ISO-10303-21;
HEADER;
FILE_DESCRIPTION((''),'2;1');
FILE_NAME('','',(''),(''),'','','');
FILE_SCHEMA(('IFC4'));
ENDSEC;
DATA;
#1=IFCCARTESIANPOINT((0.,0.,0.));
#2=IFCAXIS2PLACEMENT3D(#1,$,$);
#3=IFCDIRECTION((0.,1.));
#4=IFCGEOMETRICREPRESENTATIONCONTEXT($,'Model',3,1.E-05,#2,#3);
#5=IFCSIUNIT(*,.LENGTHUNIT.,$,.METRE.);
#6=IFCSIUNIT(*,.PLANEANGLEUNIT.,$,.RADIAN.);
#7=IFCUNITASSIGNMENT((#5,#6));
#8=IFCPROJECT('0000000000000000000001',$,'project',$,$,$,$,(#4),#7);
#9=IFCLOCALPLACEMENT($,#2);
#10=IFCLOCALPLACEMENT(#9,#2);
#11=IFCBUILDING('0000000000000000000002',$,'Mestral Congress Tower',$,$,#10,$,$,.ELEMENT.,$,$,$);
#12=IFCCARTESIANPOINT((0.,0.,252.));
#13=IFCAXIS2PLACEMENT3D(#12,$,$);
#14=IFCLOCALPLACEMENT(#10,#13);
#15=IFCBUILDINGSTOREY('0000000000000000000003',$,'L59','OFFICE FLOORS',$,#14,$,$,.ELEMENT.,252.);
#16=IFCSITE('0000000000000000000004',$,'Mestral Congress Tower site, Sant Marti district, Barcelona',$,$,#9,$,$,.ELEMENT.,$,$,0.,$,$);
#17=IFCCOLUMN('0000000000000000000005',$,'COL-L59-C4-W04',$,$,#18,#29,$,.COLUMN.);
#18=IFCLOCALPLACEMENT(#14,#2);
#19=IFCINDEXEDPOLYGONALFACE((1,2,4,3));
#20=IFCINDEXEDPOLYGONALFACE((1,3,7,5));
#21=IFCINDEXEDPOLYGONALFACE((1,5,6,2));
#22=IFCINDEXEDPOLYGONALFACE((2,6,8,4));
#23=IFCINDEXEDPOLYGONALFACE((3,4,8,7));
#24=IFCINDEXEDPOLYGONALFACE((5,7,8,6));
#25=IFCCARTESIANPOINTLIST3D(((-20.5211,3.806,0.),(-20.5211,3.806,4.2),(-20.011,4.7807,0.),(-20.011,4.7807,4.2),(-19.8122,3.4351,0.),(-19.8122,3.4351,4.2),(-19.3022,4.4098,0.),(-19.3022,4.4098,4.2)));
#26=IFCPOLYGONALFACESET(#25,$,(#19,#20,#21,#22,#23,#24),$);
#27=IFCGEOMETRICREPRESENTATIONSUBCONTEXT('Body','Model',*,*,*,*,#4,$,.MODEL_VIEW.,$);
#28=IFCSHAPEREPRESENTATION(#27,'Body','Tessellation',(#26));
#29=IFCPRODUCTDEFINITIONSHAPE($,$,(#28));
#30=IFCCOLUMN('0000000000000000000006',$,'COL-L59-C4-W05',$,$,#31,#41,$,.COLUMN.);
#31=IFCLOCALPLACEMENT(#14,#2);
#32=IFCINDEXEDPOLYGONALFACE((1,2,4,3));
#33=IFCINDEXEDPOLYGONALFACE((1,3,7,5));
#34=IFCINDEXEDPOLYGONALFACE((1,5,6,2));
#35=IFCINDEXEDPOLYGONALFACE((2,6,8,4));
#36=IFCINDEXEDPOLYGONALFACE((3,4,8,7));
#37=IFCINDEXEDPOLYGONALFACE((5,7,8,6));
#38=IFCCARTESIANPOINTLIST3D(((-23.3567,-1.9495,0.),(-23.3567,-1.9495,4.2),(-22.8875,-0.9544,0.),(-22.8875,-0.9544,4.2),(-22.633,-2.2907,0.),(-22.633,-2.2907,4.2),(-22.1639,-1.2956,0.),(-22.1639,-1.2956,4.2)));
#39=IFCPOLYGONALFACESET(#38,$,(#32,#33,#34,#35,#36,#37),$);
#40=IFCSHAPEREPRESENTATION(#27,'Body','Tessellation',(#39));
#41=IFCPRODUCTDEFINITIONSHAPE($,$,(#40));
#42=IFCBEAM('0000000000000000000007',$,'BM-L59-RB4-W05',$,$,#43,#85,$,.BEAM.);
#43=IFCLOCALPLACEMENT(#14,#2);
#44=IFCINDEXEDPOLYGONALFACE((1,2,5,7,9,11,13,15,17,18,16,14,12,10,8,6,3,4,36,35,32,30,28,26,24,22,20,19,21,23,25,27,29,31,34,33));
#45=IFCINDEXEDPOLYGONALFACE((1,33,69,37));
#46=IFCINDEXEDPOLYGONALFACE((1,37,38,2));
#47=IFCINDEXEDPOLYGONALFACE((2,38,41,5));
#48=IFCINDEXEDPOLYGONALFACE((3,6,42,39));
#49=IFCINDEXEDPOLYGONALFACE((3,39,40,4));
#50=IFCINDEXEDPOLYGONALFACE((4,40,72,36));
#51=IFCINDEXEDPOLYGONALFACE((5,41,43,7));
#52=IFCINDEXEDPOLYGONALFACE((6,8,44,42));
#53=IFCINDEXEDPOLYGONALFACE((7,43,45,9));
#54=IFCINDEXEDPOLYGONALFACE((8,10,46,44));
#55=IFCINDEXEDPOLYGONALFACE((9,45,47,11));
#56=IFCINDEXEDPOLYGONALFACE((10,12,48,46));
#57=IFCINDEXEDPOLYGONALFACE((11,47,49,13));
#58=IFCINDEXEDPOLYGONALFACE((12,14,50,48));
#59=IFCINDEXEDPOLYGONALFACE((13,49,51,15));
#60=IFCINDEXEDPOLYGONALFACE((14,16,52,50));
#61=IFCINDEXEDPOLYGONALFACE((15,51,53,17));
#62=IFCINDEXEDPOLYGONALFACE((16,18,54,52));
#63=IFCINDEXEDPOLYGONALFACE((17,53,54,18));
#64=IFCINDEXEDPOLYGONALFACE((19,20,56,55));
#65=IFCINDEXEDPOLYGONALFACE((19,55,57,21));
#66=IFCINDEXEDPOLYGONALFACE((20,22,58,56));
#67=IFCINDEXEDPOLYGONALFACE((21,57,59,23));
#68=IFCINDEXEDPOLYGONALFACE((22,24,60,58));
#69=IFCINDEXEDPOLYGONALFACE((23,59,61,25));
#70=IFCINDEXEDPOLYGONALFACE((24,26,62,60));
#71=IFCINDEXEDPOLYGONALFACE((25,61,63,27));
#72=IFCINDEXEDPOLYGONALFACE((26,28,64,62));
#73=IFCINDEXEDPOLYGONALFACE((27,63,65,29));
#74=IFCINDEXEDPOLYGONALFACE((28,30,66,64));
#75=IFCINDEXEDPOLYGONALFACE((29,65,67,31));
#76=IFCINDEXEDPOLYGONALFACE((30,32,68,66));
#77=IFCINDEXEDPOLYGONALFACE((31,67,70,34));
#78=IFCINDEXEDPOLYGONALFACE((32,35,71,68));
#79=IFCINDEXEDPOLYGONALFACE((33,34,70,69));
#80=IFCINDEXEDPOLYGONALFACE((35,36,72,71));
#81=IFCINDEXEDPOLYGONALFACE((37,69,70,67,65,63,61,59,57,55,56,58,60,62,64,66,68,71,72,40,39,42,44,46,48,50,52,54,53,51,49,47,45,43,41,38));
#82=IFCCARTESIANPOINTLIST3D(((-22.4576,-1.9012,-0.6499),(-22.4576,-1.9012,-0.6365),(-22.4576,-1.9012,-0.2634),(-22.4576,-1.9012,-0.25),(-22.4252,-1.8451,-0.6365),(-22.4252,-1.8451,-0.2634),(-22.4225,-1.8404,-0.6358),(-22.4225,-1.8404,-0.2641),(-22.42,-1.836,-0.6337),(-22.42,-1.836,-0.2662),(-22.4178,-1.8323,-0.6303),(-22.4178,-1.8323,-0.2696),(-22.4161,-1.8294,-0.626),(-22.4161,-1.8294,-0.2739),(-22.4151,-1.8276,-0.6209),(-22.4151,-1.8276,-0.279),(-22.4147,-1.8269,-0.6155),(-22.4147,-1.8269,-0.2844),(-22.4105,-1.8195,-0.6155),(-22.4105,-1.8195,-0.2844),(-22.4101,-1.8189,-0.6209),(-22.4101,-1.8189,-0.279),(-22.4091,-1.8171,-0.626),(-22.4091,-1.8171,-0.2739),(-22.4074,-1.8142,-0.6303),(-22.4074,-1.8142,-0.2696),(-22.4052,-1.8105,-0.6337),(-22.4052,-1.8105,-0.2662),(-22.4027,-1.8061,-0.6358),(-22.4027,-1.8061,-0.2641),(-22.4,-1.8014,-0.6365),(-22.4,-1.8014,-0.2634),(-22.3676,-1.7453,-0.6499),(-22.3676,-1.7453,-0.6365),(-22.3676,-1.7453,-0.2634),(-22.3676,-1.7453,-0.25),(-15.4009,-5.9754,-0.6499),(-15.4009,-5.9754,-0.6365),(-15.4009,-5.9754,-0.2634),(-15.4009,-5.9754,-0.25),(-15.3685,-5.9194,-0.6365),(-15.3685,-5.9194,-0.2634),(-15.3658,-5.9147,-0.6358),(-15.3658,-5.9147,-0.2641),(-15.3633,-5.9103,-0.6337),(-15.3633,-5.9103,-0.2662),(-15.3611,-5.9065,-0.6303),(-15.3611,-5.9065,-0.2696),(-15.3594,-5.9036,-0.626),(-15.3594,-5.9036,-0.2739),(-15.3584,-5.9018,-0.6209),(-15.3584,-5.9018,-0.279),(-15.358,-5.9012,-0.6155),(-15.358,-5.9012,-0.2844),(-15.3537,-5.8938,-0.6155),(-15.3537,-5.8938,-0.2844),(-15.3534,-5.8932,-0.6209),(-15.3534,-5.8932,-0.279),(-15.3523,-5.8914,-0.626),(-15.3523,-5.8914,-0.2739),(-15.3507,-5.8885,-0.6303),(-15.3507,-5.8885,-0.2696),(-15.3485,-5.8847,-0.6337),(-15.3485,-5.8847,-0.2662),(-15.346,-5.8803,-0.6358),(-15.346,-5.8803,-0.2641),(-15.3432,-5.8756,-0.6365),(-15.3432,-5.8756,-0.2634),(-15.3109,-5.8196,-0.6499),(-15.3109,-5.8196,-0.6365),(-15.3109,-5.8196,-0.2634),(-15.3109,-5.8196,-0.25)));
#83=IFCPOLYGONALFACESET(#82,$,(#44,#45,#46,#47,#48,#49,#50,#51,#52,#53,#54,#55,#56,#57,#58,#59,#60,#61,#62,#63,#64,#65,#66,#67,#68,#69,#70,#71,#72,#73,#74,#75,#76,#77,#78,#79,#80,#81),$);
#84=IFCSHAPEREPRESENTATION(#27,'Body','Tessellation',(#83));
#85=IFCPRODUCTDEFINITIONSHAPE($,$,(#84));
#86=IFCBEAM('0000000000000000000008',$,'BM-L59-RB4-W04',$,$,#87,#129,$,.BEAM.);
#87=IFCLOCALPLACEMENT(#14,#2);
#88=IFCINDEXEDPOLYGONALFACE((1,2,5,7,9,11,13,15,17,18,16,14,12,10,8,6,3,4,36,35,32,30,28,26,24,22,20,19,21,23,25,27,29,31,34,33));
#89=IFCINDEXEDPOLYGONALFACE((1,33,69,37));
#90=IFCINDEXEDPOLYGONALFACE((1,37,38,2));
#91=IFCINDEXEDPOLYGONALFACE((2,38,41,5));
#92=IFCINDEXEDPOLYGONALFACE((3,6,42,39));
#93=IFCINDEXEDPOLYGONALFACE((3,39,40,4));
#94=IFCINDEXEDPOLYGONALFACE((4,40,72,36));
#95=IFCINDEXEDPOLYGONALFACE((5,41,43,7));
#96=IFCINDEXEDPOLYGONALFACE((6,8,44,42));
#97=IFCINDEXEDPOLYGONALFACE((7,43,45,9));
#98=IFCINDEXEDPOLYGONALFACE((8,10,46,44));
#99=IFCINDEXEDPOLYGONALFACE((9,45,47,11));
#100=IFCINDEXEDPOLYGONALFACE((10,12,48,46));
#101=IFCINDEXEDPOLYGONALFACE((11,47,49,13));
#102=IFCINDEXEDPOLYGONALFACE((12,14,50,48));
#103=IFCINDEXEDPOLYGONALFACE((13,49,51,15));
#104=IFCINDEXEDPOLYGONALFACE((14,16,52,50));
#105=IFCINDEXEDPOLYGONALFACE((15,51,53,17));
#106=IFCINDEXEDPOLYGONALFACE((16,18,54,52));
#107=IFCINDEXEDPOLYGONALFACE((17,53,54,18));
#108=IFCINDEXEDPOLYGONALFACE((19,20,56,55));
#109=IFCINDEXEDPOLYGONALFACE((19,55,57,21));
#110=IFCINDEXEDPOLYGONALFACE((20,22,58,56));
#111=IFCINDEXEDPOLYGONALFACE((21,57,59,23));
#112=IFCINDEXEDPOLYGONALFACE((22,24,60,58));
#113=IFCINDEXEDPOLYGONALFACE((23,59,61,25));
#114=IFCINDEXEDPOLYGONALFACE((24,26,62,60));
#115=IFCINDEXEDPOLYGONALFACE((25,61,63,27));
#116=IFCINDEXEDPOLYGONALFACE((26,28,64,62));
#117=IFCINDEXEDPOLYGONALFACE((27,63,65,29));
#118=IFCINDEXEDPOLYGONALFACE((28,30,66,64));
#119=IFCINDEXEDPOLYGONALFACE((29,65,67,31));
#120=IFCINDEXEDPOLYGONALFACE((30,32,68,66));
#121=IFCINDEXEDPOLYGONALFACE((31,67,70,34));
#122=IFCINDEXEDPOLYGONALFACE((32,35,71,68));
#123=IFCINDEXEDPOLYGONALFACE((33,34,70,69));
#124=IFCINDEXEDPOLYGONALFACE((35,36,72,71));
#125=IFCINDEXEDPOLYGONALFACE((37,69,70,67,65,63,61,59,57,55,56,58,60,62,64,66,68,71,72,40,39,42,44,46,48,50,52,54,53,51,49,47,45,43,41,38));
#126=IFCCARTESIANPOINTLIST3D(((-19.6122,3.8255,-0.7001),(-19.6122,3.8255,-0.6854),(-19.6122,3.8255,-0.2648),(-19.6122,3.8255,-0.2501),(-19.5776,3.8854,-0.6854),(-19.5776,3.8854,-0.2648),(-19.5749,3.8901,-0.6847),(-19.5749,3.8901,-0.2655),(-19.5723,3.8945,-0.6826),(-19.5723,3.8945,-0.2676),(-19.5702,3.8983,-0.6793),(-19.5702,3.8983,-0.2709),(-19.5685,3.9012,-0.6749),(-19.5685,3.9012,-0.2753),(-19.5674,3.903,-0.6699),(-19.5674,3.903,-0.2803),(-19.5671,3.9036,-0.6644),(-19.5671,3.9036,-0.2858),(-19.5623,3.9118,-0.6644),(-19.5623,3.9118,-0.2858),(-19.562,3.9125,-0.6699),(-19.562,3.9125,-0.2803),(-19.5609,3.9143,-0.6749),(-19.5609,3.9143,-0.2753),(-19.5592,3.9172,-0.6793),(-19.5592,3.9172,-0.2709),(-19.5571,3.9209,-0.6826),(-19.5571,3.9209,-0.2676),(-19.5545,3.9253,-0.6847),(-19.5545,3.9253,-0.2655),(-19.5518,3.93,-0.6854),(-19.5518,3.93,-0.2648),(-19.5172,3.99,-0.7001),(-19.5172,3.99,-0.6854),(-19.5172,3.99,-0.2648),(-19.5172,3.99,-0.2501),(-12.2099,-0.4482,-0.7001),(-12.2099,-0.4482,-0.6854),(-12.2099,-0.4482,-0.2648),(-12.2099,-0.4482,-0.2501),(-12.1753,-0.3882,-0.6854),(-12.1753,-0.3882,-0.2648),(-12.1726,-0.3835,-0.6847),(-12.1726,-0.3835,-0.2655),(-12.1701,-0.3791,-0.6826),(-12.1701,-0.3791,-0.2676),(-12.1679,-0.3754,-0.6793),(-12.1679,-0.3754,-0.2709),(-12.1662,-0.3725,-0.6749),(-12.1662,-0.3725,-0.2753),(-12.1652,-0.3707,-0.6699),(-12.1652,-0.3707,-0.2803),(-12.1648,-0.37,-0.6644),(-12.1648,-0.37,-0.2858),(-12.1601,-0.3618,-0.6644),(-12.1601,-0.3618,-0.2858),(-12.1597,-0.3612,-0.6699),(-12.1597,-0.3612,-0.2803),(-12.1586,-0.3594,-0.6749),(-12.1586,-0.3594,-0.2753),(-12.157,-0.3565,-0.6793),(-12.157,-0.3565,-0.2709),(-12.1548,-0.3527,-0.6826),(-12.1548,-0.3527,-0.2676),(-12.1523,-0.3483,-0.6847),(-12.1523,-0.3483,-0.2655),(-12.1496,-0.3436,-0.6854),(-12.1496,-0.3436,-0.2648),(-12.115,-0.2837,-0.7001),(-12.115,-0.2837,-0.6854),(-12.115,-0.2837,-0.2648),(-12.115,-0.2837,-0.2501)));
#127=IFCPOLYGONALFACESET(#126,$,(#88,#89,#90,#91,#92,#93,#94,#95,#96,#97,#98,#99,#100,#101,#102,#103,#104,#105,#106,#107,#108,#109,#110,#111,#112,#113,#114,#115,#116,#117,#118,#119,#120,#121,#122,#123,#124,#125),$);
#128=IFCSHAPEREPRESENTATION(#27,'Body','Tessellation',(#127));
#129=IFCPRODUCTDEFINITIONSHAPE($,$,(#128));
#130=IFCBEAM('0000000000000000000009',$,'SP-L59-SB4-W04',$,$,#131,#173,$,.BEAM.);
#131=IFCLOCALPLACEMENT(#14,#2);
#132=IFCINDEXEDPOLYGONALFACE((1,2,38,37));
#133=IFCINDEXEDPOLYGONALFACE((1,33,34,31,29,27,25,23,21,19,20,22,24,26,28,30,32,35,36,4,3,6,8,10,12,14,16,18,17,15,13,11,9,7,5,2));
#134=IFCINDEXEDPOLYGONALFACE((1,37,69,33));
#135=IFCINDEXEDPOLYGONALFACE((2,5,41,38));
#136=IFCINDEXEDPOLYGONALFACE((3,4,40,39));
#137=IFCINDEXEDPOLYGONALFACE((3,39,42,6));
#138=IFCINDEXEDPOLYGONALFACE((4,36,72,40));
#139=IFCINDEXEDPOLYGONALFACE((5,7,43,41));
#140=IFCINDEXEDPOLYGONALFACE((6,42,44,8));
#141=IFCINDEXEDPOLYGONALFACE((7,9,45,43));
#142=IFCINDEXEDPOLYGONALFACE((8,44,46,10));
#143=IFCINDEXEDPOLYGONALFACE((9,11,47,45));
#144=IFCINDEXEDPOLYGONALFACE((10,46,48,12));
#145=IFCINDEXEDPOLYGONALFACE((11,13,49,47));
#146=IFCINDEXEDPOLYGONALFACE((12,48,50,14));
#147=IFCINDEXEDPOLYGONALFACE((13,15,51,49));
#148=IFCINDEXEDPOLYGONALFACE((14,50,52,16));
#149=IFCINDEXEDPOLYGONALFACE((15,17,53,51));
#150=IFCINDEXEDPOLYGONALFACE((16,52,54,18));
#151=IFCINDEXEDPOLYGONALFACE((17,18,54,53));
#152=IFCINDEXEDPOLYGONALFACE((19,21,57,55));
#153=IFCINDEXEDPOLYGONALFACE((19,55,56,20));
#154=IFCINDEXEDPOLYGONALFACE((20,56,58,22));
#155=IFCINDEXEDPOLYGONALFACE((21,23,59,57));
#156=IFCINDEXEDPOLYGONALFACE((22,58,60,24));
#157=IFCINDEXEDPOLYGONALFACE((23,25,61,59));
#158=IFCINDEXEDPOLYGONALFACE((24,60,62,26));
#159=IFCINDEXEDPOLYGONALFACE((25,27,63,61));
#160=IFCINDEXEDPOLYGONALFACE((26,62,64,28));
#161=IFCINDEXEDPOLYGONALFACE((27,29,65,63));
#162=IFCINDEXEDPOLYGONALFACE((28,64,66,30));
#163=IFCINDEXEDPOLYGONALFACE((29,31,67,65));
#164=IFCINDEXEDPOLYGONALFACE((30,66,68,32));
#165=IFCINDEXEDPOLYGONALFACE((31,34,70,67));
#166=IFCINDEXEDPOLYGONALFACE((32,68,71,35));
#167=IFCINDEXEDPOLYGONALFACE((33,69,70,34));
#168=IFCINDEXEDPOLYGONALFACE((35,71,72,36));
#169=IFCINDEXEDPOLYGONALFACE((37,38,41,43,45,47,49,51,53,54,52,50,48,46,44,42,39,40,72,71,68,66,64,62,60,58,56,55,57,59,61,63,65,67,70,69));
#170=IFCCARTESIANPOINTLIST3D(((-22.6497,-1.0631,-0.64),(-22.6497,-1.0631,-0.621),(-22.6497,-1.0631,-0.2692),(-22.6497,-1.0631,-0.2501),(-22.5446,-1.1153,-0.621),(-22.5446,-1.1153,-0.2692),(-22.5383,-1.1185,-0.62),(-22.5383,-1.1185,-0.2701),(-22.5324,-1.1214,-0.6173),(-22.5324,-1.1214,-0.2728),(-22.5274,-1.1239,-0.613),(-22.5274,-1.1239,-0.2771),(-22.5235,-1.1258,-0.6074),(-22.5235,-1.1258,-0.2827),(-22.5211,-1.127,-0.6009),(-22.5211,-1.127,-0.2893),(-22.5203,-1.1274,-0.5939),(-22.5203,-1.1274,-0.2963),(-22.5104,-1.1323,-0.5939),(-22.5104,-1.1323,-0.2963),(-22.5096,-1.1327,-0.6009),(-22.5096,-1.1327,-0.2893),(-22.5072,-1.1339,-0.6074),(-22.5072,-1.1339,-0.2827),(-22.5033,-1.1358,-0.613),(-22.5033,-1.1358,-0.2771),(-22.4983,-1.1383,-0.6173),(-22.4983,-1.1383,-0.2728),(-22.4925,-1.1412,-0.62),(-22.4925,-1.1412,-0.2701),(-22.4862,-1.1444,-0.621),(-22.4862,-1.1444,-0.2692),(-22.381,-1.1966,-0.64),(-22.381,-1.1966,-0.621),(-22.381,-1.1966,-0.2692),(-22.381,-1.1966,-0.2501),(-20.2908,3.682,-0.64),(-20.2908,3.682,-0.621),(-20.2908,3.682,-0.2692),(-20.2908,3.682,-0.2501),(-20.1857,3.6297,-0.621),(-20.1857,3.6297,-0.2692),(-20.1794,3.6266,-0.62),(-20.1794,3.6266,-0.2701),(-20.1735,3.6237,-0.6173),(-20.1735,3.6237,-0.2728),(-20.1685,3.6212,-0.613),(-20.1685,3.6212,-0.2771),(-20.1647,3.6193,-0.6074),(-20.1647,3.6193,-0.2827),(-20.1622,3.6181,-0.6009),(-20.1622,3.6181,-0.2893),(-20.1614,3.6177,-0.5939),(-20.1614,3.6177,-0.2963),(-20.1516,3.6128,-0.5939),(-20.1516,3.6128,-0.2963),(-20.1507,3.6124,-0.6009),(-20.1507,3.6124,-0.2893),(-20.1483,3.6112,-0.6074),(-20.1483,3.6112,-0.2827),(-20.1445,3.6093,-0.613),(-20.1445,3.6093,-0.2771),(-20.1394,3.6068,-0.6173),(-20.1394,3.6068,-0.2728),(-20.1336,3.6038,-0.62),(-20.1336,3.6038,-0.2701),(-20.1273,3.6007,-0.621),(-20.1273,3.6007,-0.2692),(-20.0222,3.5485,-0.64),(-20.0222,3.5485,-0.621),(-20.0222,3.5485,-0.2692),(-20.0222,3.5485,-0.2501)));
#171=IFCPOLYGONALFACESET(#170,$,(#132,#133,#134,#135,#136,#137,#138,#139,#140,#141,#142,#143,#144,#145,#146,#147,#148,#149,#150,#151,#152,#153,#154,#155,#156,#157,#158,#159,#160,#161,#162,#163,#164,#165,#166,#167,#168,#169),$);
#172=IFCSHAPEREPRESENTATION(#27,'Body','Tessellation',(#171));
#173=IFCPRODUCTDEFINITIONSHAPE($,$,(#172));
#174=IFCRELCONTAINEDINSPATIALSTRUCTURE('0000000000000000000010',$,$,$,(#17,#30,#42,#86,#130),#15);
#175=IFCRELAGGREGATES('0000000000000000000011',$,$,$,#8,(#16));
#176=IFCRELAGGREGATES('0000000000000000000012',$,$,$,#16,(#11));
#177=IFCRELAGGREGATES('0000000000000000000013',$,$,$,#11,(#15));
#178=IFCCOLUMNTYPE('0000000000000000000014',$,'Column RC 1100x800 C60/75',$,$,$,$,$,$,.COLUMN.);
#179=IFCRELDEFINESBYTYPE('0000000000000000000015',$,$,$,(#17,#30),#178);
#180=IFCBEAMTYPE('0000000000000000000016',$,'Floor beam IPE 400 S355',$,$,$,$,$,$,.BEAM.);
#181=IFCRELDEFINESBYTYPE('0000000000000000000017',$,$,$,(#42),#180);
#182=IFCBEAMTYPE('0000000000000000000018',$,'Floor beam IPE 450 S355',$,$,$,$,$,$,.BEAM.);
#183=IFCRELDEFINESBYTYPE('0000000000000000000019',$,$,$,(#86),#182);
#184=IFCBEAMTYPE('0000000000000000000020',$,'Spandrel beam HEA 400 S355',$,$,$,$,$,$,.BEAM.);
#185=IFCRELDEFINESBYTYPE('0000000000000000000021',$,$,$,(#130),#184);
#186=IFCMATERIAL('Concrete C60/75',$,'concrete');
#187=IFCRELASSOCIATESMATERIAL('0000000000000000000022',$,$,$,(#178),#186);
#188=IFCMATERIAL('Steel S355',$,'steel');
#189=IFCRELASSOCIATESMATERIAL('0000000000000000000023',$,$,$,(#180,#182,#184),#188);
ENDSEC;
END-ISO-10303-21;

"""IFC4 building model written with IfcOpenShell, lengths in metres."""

from ifc_helpers import new_model, si_unit, direction, frame, origin, origin_2d, place, context, subcontext, project, spatial, rectangle, i_section, extrude, material, material_profile, profile_set, type_object, element, save


model = new_model("IFC4")

# Units and contexts
model_context = context("Model", 3, precision=1e-05, world=origin(), true_north=direction((0.0, 1.0)))
body_context = subcontext(model_context, "Body", "Model", "MODEL_VIEW")
ifc_project = project(units=[si_unit("LENGTHUNIT", "METRE"), si_unit("PLANEANGLEUNIT", "RADIAN")], contexts=[model_context])

# Site, building, storey
site_placement = place(None, origin())
site = spatial("IfcSite", under=ifc_project, at=site_placement, Name="Mestral Congress Tower site, Sant Marti district, Barcelona", CompositionType="ELEMENT", RefElevation=0.0)
building_placement = place(site_placement, origin())
building = spatial("IfcBuilding", under=site, at=building_placement, Name="Mestral Congress Tower", CompositionType="ELEMENT")
storey_placement = place(building_placement, frame((0.0, 0.0, 252.0)))
storey = spatial("IfcBuildingStorey", under=building, at=storey_placement, Name="L59", Description="OFFICE FLOORS", CompositionType="ELEMENT", Elevation=252.0)

# Columns
ifc_material_1 = material(Name="Concrete C60/75", Category="concrete")
ifc_material_profile_1 = material_profile(ifc_material_1, rectangle(XDim=1.1001, YDim=0.8, at=origin_2d()), Name="RC 1100x800")
ifc_profile_set_1 = profile_set([ifc_material_profile_1], Name="Concrete C60/75")
column_type = type_object("IfcColumnType", Name="Column RC 1100x800 C60/75", PredefinedType="COLUMN", material=ifc_profile_set_1)
for number, where, z_axis, x_axis, name in (
    (1, (-19.9116, 4.1079, 0.0), (0.0, 0.0, 1.0), (-0.463636, -0.886026, 0.0), "COL-L59-C4-W04"),
    (2, (-22.7603, -1.6226, 0.0), (0.0, 0.0, 1.0), (-0.426472, -0.904501, 0.0), "COL-L59-C4-W05"),
):
    element("IfcColumn", number, at=place(storey_placement, frame(where, z_axis=z_axis, x_axis=x_axis)), inside=storey, type_object=column_type, Name=name, PredefinedType="COLUMN", context=body_context, shape_type="SweptSolid", body=[
        extrude(rectangle(XDim=1.1001, YDim=0.8, at=origin_2d()), origin(), (0.0, 0.0, 1.0), 4.2),
    ])

# Beams
ifc_material_2 = material(Name="Steel S355", Category="steel")
ifc_material_profile_2 = material_profile(ifc_material_2, i_section(OverallWidth=0.1799, OverallDepth=0.3999, WebThickness=0.0085, FlangeThickness=0.0134, FilletRadius=0.021, at=origin_2d()), Name="IPE 400")
ifc_profile_set_2 = profile_set([ifc_material_profile_2], Name="Steel S355")
beam_type_1 = type_object("IfcBeamType", Name="Floor beam IPE 400 S355", PredefinedType="BEAM", material=ifc_profile_set_2)
beam_1_placement = place(storey_placement, frame((-22.4126, -1.8232, -0.45), z_axis=(0.866022, -0.500006, 0.0), x_axis=(0.500006, 0.866022, 0.0)))
element("IfcBeam", 3, at=beam_1_placement, inside=storey, type_object=beam_type_1, Name="BM-L59-RB4-W05", PredefinedType="BEAM", context=body_context, shape_type="SweptSolid", body=[
    extrude(i_section(OverallWidth=0.1799, OverallDepth=0.3999, WebThickness=0.0085, FlangeThickness=0.0134, FilletRadius=0.021, at=origin_2d()), origin(), (0.0, 0.0, 1.0), 8.1484),
])
ifc_material_profile_3 = material_profile(ifc_material_2, i_section(OverallWidth=0.1899, OverallDepth=0.45, WebThickness=0.0095, FlangeThickness=0.0146, FilletRadius=0.021, at=origin_2d()), Name="IPE 450")
ifc_profile_set_3 = profile_set([ifc_material_profile_3], Name="Steel S355")
beam_type_2 = type_object("IfcBeamType", Name="Floor beam IPE 450 S355", PredefinedType="BEAM", material=ifc_profile_set_3)
beam_2_placement = place(storey_placement, frame((-19.5647, 3.9077, -0.4751), z_axis=(0.866029, -0.499994, 0.0), x_axis=(0.499994, 0.866029, 0.0)))
element("IfcBeam", 4, at=beam_2_placement, inside=storey, type_object=beam_type_2, Name="BM-L59-RB4-W04", PredefinedType="BEAM", context=body_context, shape_type="SweptSolid", body=[
    extrude(i_section(OverallWidth=0.1899, OverallDepth=0.45, WebThickness=0.0095, FlangeThickness=0.0146, FilletRadius=0.021, at=origin_2d()), origin(), (0.0, 0.0, 1.0), 8.5474),
])
ifc_material_profile_4 = material_profile(ifc_material_2, i_section(OverallWidth=0.3, OverallDepth=0.3899, WebThickness=0.011, FlangeThickness=0.019, FilletRadius=0.0271, at=origin_2d()), Name="HEA 400")
ifc_profile_set_4 = profile_set([ifc_material_profile_4], Name="Steel S355")
beam_type_3 = type_object("IfcBeamType", Name="Spandrel beam HEA 400 S355", PredefinedType="BEAM", material=ifc_profile_set_4)
beam_3_placement = place(storey_placement, frame((-20.1565, 3.6152, -0.4451), z_axis=(-0.445148, -0.895457, 0.0), x_axis=(0.895457, -0.445148, 0.0)))
element("IfcBeam", 5, at=beam_3_placement, inside=storey, type_object=beam_type_3, Name="SP-L59-SB4-W04", PredefinedType="BEAM", context=body_context, shape_type="SweptSolid", body=[
    extrude(i_section(OverallWidth=0.3, OverallDepth=0.3899, WebThickness=0.011, FlangeThickness=0.019, FilletRadius=0.0271, at=origin_2d()), origin(), (0.0, 0.0, 1.0), 5.2991),
])

save(model, "model.ifc")
